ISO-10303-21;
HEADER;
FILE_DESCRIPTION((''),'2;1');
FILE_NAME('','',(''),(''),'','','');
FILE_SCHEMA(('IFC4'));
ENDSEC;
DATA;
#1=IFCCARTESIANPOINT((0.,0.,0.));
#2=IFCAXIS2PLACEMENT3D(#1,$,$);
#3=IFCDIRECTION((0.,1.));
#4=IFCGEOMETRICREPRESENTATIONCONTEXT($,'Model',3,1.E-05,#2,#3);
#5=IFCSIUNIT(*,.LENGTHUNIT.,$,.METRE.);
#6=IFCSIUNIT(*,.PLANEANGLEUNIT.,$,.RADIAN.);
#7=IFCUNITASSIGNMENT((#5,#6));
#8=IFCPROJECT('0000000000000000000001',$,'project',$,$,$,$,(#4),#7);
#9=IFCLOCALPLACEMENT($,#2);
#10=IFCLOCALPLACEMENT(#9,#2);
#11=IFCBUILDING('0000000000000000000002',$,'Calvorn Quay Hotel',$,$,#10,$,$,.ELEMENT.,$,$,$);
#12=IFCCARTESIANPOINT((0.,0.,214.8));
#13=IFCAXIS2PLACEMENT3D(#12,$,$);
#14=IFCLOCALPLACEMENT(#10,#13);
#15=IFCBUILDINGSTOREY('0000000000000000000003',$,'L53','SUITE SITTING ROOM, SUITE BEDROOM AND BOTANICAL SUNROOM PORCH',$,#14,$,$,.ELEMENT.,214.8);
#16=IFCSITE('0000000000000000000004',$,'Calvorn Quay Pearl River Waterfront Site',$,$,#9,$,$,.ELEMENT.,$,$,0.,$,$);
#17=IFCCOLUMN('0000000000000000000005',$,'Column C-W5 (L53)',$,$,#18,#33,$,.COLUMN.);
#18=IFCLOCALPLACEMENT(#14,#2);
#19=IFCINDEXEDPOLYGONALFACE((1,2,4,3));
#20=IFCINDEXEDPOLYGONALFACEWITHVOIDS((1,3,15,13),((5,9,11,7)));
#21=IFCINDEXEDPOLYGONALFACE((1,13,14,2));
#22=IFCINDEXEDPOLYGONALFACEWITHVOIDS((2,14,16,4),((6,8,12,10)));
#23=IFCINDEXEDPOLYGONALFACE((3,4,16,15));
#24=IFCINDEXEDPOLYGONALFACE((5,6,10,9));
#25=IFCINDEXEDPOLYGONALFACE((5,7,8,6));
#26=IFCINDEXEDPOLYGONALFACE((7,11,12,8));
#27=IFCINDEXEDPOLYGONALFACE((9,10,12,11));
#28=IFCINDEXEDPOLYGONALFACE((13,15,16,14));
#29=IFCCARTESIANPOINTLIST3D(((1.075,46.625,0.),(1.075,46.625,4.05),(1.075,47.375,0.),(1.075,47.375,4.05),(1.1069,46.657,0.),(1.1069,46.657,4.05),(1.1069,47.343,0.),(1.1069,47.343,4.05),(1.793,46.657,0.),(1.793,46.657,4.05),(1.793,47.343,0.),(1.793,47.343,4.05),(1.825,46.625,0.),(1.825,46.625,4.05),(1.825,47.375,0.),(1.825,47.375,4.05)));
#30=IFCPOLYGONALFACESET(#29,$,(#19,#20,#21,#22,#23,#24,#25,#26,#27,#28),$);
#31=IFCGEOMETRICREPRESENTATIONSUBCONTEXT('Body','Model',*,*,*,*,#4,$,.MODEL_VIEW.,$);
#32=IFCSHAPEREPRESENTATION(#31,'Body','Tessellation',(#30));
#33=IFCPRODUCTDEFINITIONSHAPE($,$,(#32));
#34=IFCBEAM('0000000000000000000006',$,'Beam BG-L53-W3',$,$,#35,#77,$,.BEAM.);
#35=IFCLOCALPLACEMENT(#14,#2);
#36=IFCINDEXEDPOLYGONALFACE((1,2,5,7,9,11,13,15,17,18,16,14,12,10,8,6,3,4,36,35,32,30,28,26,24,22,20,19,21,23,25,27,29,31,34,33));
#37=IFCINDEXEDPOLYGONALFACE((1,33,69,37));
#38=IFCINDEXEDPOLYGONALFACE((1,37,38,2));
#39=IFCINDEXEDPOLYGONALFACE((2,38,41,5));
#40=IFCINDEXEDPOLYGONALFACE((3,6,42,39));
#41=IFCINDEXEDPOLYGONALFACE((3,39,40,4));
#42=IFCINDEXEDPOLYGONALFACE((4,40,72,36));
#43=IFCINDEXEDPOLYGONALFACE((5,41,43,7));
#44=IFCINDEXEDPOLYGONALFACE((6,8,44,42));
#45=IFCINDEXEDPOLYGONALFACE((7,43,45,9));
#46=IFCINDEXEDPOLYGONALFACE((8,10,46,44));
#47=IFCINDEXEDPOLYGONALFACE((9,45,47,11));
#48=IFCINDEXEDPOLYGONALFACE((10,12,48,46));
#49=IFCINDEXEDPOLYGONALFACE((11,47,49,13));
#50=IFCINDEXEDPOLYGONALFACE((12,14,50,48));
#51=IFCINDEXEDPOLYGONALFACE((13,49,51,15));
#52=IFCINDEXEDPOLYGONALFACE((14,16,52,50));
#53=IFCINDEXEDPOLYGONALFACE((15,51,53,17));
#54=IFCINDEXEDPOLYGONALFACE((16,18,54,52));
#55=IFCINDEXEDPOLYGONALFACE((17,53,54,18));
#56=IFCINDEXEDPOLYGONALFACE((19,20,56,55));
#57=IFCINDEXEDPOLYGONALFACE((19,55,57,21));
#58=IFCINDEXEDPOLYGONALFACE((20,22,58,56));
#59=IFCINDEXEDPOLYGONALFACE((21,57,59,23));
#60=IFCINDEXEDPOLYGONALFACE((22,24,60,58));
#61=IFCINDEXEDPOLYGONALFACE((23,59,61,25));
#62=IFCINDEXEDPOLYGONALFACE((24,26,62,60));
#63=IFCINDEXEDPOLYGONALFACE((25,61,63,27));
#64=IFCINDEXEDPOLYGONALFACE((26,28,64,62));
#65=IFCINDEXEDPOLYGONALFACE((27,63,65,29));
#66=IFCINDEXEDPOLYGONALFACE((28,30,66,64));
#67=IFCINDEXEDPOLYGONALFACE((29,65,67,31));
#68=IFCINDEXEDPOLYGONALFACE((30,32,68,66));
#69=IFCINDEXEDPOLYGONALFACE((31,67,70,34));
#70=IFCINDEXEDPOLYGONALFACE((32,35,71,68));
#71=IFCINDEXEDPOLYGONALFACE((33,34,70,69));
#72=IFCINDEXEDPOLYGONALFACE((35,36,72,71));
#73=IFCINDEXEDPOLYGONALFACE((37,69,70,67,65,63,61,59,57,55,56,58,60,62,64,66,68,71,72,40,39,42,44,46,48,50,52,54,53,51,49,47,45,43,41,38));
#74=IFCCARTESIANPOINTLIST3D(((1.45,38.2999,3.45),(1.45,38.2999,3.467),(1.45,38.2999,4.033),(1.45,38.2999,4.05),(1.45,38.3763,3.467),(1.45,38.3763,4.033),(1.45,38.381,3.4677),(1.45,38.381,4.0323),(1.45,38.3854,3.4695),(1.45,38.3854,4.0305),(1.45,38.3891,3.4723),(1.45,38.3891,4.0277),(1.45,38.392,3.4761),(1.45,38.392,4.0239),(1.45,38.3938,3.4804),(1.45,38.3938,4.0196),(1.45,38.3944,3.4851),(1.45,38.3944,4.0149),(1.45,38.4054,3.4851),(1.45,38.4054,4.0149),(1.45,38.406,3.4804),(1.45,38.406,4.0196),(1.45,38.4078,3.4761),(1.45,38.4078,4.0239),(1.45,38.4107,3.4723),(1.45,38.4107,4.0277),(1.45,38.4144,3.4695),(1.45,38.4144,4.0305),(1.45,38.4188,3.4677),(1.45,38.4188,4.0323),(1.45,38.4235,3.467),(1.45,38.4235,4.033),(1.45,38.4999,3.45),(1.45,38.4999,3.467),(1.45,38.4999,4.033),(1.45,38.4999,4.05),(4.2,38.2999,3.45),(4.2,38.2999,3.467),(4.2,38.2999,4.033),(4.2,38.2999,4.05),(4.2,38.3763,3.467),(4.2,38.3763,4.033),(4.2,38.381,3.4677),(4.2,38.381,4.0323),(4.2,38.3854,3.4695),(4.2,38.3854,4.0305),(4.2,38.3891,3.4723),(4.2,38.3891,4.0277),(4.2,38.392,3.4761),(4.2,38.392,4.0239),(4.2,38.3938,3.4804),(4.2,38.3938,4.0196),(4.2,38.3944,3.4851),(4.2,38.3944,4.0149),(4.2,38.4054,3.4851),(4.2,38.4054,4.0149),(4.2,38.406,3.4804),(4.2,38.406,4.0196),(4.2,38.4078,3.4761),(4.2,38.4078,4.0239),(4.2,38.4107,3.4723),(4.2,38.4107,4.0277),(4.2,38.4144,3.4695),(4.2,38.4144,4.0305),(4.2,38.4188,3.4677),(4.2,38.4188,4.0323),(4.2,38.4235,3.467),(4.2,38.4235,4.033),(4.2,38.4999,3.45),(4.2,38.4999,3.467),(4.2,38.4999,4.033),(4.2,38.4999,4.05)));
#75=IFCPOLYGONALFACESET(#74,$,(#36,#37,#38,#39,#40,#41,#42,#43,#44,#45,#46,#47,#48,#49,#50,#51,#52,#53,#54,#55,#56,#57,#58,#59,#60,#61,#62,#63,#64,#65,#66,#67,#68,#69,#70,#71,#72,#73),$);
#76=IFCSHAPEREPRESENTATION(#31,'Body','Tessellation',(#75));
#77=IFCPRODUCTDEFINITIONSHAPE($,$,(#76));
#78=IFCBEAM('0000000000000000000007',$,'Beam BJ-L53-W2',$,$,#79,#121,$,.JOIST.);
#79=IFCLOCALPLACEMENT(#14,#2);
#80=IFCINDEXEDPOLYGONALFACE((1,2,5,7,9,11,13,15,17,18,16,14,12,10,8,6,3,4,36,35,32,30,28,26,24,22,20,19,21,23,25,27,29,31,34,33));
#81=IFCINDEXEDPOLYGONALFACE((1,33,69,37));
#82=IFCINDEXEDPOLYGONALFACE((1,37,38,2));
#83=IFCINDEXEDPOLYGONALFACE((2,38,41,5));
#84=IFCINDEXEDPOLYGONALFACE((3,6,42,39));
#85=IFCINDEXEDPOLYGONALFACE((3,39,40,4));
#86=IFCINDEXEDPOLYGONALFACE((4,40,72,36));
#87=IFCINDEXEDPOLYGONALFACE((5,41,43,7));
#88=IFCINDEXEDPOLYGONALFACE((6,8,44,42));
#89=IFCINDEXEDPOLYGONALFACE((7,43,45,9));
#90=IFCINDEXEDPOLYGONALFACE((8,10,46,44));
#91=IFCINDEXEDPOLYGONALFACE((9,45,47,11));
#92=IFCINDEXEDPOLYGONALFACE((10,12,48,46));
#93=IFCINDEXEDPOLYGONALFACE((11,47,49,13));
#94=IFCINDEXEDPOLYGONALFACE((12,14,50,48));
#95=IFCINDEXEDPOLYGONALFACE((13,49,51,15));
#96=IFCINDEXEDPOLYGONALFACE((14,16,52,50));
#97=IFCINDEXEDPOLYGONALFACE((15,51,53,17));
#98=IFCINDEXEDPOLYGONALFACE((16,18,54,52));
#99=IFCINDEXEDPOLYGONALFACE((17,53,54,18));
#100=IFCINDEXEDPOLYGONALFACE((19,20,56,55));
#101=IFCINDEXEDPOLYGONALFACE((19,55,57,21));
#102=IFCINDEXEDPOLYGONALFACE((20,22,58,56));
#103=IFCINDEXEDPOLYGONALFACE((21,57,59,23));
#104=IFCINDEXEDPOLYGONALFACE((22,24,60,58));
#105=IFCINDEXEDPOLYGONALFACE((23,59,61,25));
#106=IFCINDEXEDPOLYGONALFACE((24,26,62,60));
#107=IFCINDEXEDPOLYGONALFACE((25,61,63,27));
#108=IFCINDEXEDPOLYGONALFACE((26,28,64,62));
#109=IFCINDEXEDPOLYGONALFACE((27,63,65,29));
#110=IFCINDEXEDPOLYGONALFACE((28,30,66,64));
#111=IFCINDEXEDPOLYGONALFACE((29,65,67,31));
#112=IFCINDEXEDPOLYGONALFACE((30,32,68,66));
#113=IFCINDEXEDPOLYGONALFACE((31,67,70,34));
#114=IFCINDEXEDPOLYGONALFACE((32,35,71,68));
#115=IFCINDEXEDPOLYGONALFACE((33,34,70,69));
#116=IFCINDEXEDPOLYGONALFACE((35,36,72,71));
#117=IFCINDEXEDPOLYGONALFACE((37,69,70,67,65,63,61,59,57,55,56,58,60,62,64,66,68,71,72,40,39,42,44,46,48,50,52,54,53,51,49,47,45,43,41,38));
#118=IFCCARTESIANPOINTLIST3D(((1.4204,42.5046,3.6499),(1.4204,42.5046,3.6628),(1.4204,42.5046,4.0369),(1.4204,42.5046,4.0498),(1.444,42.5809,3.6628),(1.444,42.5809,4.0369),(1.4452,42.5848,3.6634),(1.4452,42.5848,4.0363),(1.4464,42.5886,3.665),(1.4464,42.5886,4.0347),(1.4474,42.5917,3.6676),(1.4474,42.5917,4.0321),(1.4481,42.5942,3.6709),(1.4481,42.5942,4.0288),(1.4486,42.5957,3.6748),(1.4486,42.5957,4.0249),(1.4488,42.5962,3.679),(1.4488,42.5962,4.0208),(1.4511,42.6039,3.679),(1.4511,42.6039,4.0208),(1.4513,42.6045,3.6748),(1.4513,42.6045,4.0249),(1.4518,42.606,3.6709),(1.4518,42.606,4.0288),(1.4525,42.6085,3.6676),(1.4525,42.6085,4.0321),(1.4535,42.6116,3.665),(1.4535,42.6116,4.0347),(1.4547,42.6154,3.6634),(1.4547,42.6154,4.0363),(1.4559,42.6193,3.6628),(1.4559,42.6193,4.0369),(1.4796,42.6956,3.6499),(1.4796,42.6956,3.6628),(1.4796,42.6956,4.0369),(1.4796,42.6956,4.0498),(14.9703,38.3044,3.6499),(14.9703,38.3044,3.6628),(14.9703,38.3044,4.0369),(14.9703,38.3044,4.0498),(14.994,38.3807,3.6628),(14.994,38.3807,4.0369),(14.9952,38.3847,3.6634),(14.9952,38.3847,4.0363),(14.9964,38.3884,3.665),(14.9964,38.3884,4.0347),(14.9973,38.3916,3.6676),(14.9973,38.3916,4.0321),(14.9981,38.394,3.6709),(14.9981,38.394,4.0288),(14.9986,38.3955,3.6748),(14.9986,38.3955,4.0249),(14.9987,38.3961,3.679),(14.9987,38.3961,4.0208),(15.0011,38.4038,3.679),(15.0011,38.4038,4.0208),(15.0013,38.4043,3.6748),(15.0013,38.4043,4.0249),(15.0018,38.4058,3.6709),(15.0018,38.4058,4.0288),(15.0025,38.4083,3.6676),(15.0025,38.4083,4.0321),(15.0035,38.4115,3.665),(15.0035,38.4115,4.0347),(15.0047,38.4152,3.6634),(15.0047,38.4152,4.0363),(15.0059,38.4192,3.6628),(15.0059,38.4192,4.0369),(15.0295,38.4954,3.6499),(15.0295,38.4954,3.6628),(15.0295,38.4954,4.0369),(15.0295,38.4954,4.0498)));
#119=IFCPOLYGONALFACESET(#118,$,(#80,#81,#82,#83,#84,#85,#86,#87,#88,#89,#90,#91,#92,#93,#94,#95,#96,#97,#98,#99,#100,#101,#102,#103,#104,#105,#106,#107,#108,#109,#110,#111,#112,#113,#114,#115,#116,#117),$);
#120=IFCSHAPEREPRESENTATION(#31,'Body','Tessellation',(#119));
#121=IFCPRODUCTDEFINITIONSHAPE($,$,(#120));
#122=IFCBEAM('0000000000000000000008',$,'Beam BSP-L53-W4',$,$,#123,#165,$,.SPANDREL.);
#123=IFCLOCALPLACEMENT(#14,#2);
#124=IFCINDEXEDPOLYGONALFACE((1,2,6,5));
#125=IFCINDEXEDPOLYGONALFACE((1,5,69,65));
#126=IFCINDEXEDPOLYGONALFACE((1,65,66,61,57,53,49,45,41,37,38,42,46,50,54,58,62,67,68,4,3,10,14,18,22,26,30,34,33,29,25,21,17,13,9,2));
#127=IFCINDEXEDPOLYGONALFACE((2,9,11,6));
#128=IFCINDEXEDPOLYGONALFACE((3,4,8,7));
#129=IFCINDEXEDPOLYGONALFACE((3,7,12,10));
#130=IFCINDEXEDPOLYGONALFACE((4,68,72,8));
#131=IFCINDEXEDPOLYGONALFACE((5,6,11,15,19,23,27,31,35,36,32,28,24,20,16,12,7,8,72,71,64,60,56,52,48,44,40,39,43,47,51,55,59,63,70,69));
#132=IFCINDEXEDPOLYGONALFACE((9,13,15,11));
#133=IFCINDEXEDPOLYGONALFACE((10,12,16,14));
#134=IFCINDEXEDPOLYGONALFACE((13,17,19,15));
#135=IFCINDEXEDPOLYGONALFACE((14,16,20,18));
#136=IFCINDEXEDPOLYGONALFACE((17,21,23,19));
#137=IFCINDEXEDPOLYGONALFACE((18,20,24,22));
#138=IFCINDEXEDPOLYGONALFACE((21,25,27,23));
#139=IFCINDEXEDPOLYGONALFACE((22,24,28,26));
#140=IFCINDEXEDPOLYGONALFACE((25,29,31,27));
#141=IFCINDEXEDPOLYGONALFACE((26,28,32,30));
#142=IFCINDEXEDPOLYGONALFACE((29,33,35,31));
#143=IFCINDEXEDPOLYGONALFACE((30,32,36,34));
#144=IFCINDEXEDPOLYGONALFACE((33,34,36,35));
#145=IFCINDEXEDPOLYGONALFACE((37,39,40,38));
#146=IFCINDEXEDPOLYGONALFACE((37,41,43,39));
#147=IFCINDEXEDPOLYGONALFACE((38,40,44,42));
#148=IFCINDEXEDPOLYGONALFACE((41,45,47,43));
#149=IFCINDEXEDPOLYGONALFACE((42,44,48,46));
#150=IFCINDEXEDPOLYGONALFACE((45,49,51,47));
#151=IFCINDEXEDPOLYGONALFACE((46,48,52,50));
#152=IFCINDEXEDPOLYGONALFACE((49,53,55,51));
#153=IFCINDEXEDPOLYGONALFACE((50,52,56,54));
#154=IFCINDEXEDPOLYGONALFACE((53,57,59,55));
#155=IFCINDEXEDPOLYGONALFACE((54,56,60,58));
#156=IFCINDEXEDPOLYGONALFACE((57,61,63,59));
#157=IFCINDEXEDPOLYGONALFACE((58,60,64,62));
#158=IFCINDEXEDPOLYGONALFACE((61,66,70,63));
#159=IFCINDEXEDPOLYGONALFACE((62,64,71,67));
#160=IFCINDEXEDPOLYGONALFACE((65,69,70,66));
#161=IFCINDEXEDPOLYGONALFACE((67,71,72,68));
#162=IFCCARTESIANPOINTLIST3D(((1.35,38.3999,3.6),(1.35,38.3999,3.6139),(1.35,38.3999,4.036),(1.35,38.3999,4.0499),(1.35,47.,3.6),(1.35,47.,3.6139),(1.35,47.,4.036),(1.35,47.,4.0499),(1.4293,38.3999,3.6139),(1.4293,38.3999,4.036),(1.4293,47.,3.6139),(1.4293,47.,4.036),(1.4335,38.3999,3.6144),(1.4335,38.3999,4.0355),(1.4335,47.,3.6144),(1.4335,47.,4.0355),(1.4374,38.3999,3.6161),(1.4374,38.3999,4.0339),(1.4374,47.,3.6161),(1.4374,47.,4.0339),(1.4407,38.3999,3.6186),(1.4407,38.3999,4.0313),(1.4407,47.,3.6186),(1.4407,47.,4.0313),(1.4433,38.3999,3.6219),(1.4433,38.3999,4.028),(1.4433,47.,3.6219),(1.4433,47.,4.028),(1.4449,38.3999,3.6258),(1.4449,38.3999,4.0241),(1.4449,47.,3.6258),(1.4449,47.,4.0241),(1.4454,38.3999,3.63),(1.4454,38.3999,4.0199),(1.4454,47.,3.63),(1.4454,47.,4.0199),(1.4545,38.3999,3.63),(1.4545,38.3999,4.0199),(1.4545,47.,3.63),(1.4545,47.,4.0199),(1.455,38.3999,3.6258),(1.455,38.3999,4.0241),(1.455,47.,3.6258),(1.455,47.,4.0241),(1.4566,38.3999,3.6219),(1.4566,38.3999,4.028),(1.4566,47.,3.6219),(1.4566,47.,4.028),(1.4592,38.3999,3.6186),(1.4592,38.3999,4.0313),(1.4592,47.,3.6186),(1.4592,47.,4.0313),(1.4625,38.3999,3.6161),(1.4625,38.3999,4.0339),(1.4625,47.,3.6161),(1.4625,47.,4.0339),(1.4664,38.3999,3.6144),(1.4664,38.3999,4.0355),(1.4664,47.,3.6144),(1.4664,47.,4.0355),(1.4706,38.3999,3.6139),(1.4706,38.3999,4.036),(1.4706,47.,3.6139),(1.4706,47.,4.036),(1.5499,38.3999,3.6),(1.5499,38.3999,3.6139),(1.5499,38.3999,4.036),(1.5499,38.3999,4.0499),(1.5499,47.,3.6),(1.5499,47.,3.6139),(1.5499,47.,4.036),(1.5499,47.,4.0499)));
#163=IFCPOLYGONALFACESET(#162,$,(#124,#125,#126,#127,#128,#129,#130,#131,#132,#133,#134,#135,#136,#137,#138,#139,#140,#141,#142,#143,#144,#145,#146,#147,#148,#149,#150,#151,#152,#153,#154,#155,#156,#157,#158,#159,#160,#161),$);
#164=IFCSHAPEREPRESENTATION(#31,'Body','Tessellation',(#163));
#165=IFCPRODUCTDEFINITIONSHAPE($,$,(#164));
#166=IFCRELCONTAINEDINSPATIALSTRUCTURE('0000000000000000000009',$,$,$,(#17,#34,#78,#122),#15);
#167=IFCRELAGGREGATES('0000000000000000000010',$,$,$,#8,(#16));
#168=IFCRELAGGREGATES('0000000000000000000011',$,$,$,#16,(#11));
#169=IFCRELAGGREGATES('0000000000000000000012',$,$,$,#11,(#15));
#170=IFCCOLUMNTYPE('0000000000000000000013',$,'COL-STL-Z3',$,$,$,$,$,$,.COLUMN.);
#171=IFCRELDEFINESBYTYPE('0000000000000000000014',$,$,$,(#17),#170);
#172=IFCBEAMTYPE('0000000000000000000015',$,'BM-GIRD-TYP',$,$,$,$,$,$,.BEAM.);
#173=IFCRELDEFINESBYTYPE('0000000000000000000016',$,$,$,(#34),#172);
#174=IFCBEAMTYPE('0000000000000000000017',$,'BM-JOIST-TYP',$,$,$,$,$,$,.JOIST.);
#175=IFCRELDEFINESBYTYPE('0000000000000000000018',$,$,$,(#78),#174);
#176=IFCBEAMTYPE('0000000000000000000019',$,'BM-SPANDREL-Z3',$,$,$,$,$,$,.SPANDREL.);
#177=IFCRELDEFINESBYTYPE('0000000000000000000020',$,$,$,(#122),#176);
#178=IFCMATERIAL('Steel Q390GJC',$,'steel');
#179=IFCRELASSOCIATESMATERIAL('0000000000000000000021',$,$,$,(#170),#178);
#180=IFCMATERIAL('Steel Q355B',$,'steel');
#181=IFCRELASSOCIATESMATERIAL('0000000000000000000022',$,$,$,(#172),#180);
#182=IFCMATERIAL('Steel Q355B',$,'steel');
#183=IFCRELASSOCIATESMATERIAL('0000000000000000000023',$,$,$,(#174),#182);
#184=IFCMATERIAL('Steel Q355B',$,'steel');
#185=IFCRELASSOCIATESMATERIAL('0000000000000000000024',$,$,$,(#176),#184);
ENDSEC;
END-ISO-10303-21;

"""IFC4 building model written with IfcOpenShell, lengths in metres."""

from ifc_helpers import new_model, si_unit, direction, frame, origin, origin_2d, place, context, subcontext, project, spatial, hollow_rectangle, i_section, extrude, material, material_profile, profile_set, type_object, element, save


model = new_model("IFC4")

# Units and contexts
model_context = context("Model", 3, precision=1e-05, world=origin(), true_north=direction((0.0, 1.0)))
body_context = subcontext(model_context, "Body", "Model", "MODEL_VIEW")
ifc_project = project(units=[si_unit("LENGTHUNIT", "METRE"), si_unit("PLANEANGLEUNIT", "RADIAN")], contexts=[model_context])

# Site, building, storey
site_placement = place(None, origin())
site = spatial("IfcSite", under=ifc_project, at=site_placement, Name="Calvorn Quay Pearl River Waterfront Site", CompositionType="ELEMENT", RefElevation=0.0)
building_placement = place(site_placement, origin())
building = spatial("IfcBuilding", under=site, at=building_placement, Name="Calvorn Quay Hotel", CompositionType="ELEMENT")
storey_placement = place(building_placement, frame((0.0, 0.0, 214.8)))
storey = spatial("IfcBuildingStorey", under=building, at=storey_placement, Name="L53", Description="SUITE SITTING ROOM, SUITE BEDROOM AND BOTANICAL SUNROOM PORCH", CompositionType="ELEMENT", Elevation=214.8)

# Column
ifc_material_1 = material(Name="Steel Q390GJC", Category="steel")
ifc_material_profile_1 = material_profile(ifc_material_1, hollow_rectangle(XDim=0.75, YDim=0.75, WallThickness=0.032, at=origin_2d()), Name="BOX750x750x32")
ifc_profile_set_1 = profile_set([ifc_material_profile_1], Name="Steel Q390GJC")
column_type = type_object("IfcColumnType", Name="COL-STL-Z3", PredefinedType="COLUMN", material=ifc_profile_set_1)
column_placement = place(storey_placement, frame((1.45, 47.0, 0.0), z_axis=(0.0, 0.0, 1.0), x_axis=(1.0, 0.0, 0.0)))
element("IfcColumn", 1, at=column_placement, inside=storey, type_object=column_type, Name="Column C-W5 (L53)", PredefinedType="COLUMN", context=body_context, shape_type="SweptSolid", body=[
    extrude(hollow_rectangle(XDim=0.75, YDim=0.75, WallThickness=0.032, at=origin_2d()), origin(), (0.0, 0.0, 1.0), 4.05),
])

# Beams
ifc_material_2 = material(Name="Steel Q355B", Category="steel")
ifc_material_profile_2 = material_profile(ifc_material_2, i_section(OverallWidth=0.2, OverallDepth=0.6001, WebThickness=0.011, FlangeThickness=0.0171, FilletRadius=0.0181, at=origin_2d()), Name="HN600x200x11x17")
ifc_profile_set_2 = profile_set([ifc_material_profile_2], Name="Steel Q355B")
beam_type_1 = type_object("IfcBeamType", Name="BM-GIRD-TYP", PredefinedType="BEAM", material=ifc_profile_set_2)
beam_1_placement = place(storey_placement, frame((1.45, 38.3999, 3.75), z_axis=(1.0, 0.0, 0.0), x_axis=(0.0, 1.0, 0.0)))
element("IfcBeam", 2, at=beam_1_placement, inside=storey, type_object=beam_type_1, Name="Beam BG-L53-W3", PredefinedType="BEAM", context=body_context, shape_type="SweptSolid", body=[
    extrude(i_section(OverallWidth=0.2, OverallDepth=0.6001, WebThickness=0.011, FlangeThickness=0.0171, FilletRadius=0.0181, at=origin_2d()), origin(), (0.0, 0.0, 1.0), 2.75),
])
ifc_material_3 = material(Name="Steel Q355B", Category="steel")
ifc_material_profile_3 = material_profile(ifc_material_3, i_section(OverallWidth=0.2, OverallDepth=0.3999, WebThickness=0.0081, FlangeThickness=0.0129, FilletRadius=0.0161, at=origin_2d()), Name="HN400x200x8x13")
ifc_profile_set_3 = profile_set([ifc_material_profile_3], Name="Steel Q355B")
beam_type_2 = type_object("IfcBeamType", Name="BM-JOIST-TYP", PredefinedType="JOIST", material=ifc_profile_set_3)
beam_2_placement = place(storey_placement, frame((1.45, 42.6001, 3.8499), z_axis=(0.955164, -0.296078, 0.0), x_axis=(0.296078, 0.955164, 0.0)))
element("IfcBeam", 3, at=beam_2_placement, inside=storey, type_object=beam_type_2, Name="Beam BJ-L53-W2", PredefinedType="JOIST", context=body_context, shape_type="SweptSolid", body=[
    extrude(i_section(OverallWidth=0.2, OverallDepth=0.3999, WebThickness=0.0081, FlangeThickness=0.0129, FilletRadius=0.0161, at=origin_2d()), origin(), (0.0, 0.0, 1.0), 14.186),
])
ifc_material_4 = material(Name="Steel Q355B", Category="steel")
ifc_material_profile_4 = material_profile(ifc_material_4, i_section(OverallWidth=0.2, OverallDepth=0.45, WebThickness=0.009, FlangeThickness=0.0139, FilletRadius=0.0161, at=origin_2d()), Name="HN450x200x9x14")
ifc_profile_set_4 = profile_set([ifc_material_profile_4], Name="Steel Q355B")
beam_type_3 = type_object("IfcBeamType", Name="BM-SPANDREL-Z3", PredefinedType="SPANDREL", material=ifc_profile_set_4)
beam_3_placement = place(storey_placement, frame((1.45, 38.3999, 3.825), z_axis=(0.0, 1.0, 0.0), x_axis=(-1.0, 0.0, 0.0)))
element("IfcBeam", 4, at=beam_3_placement, inside=storey, type_object=beam_type_3, Name="Beam BSP-L53-W4", PredefinedType="SPANDREL", context=body_context, shape_type="SweptSolid", body=[
    extrude(i_section(OverallWidth=0.2, OverallDepth=0.45, WebThickness=0.009, FlangeThickness=0.0139, FilletRadius=0.0161, at=origin_2d()), origin(), (0.0, 0.0, 1.0), 8.6001),
])

save(model, "model.ifc")
